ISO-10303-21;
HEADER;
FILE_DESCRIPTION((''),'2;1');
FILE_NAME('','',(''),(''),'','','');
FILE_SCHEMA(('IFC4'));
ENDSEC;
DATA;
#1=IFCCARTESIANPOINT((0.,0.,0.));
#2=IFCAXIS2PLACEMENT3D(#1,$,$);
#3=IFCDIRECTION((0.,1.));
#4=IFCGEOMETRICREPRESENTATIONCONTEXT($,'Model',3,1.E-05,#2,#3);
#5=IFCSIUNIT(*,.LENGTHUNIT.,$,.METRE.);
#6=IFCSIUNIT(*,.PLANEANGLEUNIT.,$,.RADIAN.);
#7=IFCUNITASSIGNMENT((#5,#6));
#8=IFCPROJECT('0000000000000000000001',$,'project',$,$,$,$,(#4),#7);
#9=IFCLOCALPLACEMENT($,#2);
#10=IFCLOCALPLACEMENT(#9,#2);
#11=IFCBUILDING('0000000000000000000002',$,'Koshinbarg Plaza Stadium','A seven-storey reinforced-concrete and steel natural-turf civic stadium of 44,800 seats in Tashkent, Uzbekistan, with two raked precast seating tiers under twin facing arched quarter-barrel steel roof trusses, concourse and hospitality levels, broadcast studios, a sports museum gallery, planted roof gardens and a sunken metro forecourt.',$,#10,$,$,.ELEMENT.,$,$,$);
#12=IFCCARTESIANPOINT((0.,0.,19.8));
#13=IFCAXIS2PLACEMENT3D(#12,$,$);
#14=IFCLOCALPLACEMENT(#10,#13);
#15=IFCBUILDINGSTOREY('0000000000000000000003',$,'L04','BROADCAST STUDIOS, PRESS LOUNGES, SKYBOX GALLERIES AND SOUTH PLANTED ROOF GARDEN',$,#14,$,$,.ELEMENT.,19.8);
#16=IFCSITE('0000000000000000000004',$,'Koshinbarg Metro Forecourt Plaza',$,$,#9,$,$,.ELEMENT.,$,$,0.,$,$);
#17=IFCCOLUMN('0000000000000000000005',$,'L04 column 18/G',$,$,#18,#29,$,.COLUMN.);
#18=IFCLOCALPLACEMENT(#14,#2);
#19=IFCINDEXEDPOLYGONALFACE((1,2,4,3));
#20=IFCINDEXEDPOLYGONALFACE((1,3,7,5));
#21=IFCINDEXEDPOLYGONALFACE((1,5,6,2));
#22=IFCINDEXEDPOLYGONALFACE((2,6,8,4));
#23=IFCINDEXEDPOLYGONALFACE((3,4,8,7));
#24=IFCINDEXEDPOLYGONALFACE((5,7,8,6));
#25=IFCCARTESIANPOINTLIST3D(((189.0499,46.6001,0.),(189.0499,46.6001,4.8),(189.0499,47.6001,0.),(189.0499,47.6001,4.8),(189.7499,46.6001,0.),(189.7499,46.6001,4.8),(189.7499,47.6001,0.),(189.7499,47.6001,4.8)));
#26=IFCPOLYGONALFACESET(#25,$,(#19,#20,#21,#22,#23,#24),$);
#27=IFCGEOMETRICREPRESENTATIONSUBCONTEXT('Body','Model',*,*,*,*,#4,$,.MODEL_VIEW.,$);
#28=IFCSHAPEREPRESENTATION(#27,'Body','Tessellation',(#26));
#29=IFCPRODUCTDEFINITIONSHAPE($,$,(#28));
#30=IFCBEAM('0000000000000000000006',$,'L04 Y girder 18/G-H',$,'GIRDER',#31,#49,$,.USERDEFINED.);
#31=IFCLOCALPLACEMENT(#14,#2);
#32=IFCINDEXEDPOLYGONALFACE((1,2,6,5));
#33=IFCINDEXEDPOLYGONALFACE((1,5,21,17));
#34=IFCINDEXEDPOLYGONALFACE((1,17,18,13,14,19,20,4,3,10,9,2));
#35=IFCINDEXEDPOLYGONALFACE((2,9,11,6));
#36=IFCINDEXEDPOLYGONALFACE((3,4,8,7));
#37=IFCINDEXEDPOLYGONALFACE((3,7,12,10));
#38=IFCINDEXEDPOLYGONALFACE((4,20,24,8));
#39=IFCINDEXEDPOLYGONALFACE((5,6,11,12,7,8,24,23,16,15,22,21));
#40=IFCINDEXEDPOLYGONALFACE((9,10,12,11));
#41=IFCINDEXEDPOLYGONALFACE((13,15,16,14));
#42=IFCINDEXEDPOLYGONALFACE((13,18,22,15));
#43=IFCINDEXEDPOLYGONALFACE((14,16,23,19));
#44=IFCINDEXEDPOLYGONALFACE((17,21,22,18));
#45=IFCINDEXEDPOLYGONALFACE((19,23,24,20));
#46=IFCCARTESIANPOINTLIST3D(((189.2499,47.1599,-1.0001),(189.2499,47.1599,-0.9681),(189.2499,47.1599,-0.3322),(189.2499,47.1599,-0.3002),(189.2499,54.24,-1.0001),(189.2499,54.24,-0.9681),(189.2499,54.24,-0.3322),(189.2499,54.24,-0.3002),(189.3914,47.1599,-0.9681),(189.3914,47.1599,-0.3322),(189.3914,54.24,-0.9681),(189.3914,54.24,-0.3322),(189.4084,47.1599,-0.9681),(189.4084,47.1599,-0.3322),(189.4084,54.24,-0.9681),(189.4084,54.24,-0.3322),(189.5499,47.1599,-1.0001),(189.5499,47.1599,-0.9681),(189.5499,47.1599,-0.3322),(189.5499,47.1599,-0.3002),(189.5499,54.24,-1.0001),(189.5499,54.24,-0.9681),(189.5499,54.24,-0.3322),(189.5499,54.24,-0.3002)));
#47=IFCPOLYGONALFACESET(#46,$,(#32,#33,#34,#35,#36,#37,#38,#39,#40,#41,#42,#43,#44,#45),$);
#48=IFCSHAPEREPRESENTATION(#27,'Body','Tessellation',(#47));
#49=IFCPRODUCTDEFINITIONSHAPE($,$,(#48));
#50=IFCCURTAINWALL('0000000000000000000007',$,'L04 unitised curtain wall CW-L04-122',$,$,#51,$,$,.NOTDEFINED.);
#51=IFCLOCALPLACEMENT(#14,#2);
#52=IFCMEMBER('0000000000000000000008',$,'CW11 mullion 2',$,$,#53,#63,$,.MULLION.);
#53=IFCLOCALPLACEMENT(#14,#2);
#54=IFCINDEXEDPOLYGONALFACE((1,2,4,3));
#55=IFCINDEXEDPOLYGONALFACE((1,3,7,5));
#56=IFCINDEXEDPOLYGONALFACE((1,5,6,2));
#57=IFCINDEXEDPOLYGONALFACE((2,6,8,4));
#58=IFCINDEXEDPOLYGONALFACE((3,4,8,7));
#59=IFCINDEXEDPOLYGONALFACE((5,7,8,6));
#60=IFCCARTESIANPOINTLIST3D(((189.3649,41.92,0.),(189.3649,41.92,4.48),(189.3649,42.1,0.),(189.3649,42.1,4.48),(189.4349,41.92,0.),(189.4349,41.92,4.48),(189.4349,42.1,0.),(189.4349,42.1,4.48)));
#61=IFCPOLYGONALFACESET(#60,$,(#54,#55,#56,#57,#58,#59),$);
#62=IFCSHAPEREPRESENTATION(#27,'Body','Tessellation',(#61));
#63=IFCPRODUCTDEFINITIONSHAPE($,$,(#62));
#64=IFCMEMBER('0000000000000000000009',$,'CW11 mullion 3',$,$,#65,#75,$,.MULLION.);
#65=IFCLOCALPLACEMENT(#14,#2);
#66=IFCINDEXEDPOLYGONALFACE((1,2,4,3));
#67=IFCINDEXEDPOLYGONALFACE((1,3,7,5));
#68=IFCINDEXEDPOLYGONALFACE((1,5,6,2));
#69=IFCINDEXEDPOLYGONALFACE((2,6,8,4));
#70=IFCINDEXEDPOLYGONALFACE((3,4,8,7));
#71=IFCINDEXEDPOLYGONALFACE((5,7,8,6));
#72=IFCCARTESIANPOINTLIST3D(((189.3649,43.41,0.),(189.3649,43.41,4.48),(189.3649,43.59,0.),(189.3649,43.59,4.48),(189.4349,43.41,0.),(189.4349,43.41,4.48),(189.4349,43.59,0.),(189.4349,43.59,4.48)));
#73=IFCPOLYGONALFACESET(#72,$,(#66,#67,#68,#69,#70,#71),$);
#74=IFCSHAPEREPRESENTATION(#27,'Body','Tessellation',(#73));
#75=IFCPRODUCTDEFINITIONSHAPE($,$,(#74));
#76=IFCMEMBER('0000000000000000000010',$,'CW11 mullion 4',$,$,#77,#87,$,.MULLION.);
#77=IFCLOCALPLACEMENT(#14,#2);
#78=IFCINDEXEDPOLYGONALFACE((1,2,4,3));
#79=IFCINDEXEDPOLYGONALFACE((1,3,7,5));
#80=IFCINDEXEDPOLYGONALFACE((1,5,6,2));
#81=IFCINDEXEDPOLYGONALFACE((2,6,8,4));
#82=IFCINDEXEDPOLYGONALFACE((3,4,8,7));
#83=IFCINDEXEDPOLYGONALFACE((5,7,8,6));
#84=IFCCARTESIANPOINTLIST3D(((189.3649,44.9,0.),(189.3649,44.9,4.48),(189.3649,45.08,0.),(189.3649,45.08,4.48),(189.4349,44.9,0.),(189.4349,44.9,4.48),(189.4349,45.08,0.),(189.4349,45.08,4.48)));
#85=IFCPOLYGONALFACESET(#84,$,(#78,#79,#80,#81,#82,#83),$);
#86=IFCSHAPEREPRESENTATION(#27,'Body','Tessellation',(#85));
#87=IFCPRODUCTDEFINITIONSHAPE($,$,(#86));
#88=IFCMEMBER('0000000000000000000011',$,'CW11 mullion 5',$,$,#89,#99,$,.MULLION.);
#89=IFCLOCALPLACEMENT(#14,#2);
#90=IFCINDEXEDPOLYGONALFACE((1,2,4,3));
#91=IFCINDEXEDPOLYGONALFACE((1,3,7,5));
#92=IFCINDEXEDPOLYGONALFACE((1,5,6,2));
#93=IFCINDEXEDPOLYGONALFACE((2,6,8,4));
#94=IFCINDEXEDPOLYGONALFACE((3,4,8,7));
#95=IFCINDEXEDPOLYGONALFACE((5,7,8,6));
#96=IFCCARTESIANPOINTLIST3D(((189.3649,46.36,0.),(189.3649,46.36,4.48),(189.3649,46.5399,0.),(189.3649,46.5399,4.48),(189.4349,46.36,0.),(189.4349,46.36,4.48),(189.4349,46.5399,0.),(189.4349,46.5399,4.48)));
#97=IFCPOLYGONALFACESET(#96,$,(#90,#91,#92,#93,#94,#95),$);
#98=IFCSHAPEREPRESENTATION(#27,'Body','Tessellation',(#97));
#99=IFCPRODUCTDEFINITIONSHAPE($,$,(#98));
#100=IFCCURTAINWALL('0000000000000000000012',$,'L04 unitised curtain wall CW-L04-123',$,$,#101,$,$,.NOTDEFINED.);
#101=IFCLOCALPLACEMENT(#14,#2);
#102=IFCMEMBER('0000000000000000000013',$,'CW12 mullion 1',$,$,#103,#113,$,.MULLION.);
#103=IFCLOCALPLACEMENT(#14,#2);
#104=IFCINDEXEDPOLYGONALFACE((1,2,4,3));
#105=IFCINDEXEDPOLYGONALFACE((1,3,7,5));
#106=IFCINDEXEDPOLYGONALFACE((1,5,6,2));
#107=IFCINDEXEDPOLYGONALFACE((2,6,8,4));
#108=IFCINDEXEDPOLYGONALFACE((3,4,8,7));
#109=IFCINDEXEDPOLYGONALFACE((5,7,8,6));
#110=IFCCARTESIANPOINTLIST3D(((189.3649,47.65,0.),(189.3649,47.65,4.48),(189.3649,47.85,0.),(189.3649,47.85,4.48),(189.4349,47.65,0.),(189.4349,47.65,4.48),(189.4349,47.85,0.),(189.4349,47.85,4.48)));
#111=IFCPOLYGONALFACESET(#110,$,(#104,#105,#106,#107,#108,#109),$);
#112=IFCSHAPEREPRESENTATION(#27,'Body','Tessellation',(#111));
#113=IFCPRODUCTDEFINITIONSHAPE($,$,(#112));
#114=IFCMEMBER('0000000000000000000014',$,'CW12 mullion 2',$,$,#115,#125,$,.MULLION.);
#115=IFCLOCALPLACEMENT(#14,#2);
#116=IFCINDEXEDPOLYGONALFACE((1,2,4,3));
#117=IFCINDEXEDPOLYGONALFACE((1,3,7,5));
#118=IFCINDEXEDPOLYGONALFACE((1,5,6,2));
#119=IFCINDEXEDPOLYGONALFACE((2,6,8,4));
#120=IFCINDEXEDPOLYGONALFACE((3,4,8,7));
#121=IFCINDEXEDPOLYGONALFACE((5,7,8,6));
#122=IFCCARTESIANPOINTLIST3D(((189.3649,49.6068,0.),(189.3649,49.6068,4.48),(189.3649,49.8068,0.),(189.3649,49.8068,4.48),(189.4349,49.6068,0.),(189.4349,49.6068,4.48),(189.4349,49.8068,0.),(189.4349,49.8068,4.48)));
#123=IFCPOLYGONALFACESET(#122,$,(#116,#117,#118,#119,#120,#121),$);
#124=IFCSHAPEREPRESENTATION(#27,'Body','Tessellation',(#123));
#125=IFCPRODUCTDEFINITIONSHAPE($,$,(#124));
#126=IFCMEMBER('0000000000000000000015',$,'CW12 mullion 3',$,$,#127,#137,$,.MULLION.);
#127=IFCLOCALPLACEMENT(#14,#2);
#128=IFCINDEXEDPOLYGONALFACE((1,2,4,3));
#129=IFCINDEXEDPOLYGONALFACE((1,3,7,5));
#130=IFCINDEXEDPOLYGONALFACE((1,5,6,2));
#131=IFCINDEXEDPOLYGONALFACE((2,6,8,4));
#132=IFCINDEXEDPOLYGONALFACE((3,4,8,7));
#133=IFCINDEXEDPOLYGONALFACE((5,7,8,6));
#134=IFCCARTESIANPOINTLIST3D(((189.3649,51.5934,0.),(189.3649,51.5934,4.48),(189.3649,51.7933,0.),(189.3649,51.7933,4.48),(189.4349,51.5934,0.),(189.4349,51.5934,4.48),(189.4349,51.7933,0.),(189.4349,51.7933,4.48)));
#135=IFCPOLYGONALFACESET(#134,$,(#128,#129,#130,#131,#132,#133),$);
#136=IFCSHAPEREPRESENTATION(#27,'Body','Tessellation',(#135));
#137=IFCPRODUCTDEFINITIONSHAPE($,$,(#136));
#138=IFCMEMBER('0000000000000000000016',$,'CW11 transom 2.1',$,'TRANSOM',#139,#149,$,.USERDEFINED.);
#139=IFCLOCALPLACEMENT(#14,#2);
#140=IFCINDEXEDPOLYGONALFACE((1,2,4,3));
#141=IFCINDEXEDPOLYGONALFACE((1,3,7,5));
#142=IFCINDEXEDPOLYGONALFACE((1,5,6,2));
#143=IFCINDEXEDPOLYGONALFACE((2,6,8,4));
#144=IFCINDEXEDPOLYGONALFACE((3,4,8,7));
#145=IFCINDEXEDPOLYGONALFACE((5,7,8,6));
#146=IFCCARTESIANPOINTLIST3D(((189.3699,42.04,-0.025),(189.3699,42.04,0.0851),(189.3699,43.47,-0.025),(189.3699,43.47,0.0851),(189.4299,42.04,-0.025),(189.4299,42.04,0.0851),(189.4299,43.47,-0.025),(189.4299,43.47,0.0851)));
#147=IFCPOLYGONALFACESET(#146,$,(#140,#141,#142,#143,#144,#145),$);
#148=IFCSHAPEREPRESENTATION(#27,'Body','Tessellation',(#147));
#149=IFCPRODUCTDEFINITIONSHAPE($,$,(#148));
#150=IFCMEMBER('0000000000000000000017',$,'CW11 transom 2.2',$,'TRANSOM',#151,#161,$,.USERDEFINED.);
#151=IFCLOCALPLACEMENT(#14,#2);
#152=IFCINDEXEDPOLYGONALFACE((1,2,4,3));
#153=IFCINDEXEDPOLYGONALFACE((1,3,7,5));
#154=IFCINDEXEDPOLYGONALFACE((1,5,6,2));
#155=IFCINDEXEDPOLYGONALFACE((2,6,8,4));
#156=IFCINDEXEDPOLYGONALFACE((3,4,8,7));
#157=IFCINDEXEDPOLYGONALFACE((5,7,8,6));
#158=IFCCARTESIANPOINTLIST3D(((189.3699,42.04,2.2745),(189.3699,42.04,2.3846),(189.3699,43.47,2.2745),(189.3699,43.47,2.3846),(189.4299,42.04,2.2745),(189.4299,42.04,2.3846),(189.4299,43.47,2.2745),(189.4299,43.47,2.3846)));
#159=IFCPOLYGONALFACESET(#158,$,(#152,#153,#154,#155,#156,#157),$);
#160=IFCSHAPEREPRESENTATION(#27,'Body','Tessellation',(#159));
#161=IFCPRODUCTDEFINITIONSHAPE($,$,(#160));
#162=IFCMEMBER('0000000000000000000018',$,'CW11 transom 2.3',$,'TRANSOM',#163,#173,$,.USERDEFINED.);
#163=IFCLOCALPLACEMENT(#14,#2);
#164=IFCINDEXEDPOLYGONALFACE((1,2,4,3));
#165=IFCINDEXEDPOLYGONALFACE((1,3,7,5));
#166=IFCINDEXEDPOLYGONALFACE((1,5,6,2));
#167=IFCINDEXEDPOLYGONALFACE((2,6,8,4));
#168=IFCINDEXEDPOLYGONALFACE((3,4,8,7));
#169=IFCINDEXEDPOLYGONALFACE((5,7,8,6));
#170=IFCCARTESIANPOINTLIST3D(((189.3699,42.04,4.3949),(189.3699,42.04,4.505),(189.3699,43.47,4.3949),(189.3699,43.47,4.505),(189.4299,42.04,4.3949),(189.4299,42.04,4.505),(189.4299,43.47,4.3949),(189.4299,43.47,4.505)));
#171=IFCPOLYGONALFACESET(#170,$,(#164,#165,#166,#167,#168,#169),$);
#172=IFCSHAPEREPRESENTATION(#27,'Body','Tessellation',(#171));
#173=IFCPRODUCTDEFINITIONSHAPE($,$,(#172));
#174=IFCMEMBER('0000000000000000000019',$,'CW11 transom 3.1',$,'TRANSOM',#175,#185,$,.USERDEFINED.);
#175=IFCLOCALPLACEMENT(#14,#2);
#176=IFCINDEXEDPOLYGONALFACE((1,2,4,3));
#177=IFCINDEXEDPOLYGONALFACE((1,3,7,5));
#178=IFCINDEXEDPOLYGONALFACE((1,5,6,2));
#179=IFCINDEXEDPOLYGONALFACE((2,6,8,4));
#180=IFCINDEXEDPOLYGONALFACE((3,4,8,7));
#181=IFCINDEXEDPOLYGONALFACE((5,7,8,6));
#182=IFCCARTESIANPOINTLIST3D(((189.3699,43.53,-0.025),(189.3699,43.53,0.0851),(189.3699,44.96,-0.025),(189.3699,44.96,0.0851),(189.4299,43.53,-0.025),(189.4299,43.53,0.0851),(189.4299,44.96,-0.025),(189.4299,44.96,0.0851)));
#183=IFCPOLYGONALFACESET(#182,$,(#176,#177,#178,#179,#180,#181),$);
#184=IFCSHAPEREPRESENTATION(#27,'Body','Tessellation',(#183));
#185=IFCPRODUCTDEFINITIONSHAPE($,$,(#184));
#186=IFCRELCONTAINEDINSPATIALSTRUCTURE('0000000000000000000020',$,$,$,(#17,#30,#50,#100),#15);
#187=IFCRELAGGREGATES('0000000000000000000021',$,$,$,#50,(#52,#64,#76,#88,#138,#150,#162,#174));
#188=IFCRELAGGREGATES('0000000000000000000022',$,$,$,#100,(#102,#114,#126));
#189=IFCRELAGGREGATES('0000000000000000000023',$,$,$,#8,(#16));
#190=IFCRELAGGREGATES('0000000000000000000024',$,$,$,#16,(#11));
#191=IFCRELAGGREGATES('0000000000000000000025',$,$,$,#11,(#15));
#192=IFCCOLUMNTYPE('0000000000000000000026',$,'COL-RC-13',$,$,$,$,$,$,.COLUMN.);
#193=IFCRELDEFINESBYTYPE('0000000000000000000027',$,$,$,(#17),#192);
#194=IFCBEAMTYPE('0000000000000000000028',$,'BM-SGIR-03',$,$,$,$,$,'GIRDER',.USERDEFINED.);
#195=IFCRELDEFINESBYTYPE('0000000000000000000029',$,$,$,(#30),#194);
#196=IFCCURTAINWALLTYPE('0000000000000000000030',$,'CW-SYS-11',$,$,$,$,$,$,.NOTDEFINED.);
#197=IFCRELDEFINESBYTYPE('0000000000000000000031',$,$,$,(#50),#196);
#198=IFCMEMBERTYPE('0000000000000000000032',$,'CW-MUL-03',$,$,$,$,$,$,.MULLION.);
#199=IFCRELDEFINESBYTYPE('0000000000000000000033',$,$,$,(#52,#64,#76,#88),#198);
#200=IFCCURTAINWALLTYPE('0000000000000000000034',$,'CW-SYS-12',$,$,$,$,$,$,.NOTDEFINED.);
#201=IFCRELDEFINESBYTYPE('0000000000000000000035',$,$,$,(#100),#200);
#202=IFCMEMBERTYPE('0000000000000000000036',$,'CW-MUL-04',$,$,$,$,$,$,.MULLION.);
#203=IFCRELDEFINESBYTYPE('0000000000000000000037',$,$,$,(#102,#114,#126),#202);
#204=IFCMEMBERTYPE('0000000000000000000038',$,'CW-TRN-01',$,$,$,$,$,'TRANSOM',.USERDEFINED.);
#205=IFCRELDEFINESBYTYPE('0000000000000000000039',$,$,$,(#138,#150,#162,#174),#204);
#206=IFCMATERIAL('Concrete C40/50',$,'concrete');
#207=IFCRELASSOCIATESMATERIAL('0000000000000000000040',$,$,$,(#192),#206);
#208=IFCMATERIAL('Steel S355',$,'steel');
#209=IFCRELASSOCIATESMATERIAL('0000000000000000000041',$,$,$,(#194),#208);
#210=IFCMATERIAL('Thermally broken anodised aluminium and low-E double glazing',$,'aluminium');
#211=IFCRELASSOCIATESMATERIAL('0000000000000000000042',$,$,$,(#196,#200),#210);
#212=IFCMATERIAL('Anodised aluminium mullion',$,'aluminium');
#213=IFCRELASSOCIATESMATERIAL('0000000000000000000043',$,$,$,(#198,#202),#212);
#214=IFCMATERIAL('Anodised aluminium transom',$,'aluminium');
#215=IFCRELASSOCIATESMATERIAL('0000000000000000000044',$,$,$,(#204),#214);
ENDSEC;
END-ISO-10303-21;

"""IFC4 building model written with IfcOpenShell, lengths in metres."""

from ifc_helpers import new_model, si_unit, direction, frame, origin, origin_2d, place, context, subcontext, project, spatial, rectangle, i_section, extrude, material, material_profile, profile_set, type_object, element, aggregate, save


model = new_model("IFC4")

# Units and contexts
model_context = context("Model", 3, precision=1e-05, world=origin(), true_north=direction((0.0, 1.0)))
body_context = subcontext(model_context, "Body", "Model", "MODEL_VIEW")
ifc_project = project(units=[si_unit("LENGTHUNIT", "METRE"), si_unit("PLANEANGLEUNIT", "RADIAN")], contexts=[model_context])

# Site, building, storey
site_placement = place(None, origin())
site = spatial("IfcSite", under=ifc_project, at=site_placement, Name="Koshinbarg Metro Forecourt Plaza", CompositionType="ELEMENT", RefElevation=0.0)
building_placement = place(site_placement, origin())
building = spatial("IfcBuilding", under=site, at=building_placement, Name="Koshinbarg Plaza Stadium", Description="A seven-storey reinforced-concrete and steel natural-turf civic stadium of 44,800 seats in Tashkent, Uzbekistan, with two raked precast seating tiers under twin facing arched quarter-barrel steel roof trusses, concourse and hospitality levels, broadcast studios, a sports museum gallery, planted roof gardens and a sunken metro forecourt.", CompositionType="ELEMENT")
storey_placement = place(building_placement, frame((0.0, 0.0, 19.8)))
storey = spatial("IfcBuildingStorey", under=building, at=storey_placement, Name="L04", Description="BROADCAST STUDIOS, PRESS LOUNGES, SKYBOX GALLERIES AND SOUTH PLANTED ROOF GARDEN", CompositionType="ELEMENT", Elevation=19.8)

# Column
ifc_material_1 = material(Name="Concrete C40/50", Category="concrete")
ifc_material_profile_1 = material_profile(ifc_material_1, rectangle(XDim=0.7, YDim=1.0, at=origin_2d()), Name="RC 700x1000")
ifc_profile_set_1 = profile_set([ifc_material_profile_1], Name="Concrete C40/50")
column_type = type_object("IfcColumnType", Name="COL-RC-13", PredefinedType="COLUMN", material=ifc_profile_set_1)
column_placement = place(storey_placement, frame((189.3999, 47.1001, 0.0), z_axis=(0.0, 0.0, 1.0), x_axis=(1.0, 0.0, 0.0)))
element("IfcColumn", 1, at=column_placement, inside=storey, type_object=column_type, Name="L04 column 18/G", PredefinedType="COLUMN", context=body_context, shape_type="SweptSolid", body=[
    extrude(rectangle(XDim=0.7, YDim=1.0, at=origin_2d()), origin(), (0.0, 0.0, 1.0), 4.8),
])

# Beam
ifc_material_2 = material(Name="Steel S355", Category="steel")
ifc_material_profile_2 = material_profile(ifc_material_2, i_section(OverallWidth=0.3, OverallDepth=0.7, WebThickness=0.0171, FlangeThickness=0.032, at=origin_2d()), Name="HEB 700")
ifc_profile_set_2 = profile_set([ifc_material_profile_2], Name="Steel S355")
beam_type = type_object("IfcBeamType", Name="BM-SGIR-03", ElementType="GIRDER", PredefinedType="USERDEFINED", material=ifc_profile_set_2)
beam_placement = place(storey_placement, frame((189.3999, 47.1599, -0.6501), z_axis=(0.0, 1.0, 0.0), x_axis=(-1.0, 0.0, 0.0)))
element("IfcBeam", 2, at=beam_placement, inside=storey, type_object=beam_type, Name="L04 Y girder 18/G-H", ObjectType="GIRDER", PredefinedType="USERDEFINED", context=body_context, shape_type="SweptSolid", body=[
    extrude(i_section(OverallWidth=0.3, OverallDepth=0.7, WebThickness=0.0171, FlangeThickness=0.032, at=origin_2d()), origin(), (0.0, 0.0, 1.0), 7.0801),
])

# Curtain walls, members
ifc_material_3 = material(Name="Thermally broken anodised aluminium and low-E double glazing", Category="aluminium")
curtain_wall_type_1 = type_object("IfcCurtainWallType", Name="CW-SYS-11", PredefinedType="NOTDEFINED", material=ifc_material_3)
curtain_wall_1_placement = place(storey_placement, origin())
curtain_wall_1 = element("IfcCurtainWall", 3, at=curtain_wall_1_placement, inside=storey, type_object=curtain_wall_type_1, Name="L04 unitised curtain wall CW-L04-122", PredefinedType="NOTDEFINED")
ifc_material_4 = material(Name="Anodised aluminium mullion", Category="aluminium")
ifc_material_profile_3 = material_profile(ifc_material_4, rectangle(XDim=0.0701, YDim=0.1799, at=origin_2d()), Name="ALU 70x180")
ifc_profile_set_3 = profile_set([ifc_material_profile_3], Name="Anodised aluminium mullion")
member_type_1 = type_object("IfcMemberType", Name="CW-MUL-03", PredefinedType="MULLION", material=ifc_profile_set_3)
member_1_placement = place(storey_placement, frame((189.3999, 42.01, 0.0), z_axis=(0.0, 0.0, 1.0), x_axis=(-1.0, 0.0, 0.0)))
member_1 = element("IfcMember", 4, at=member_1_placement, type_object=member_type_1, Name="CW11 mullion 2", PredefinedType="MULLION", context=body_context, shape_type="SweptSolid", body=[
    extrude(rectangle(XDim=0.0701, YDim=0.1799, at=origin_2d()), origin(), (0.0, 0.0, 1.0), 4.48),
])
member_2_placement = place(storey_placement, frame((189.3999, 43.5, 0.0), z_axis=(0.0, 0.0, 1.0), x_axis=(-1.0, 0.0, 0.0)))
member_2 = element("IfcMember", 5, at=member_2_placement, type_object=member_type_1, Name="CW11 mullion 3", PredefinedType="MULLION", context=body_context, shape_type="SweptSolid", body=[
    extrude(rectangle(XDim=0.0701, YDim=0.1799, at=origin_2d()), origin(), (0.0, 0.0, 1.0), 4.48),
])
member_3_placement = place(storey_placement, frame((189.3999, 44.99, 0.0), z_axis=(0.0, 0.0, 1.0), x_axis=(-1.0, 0.0, 0.0)))
member_3 = element("IfcMember", 6, at=member_3_placement, type_object=member_type_1, Name="CW11 mullion 4", PredefinedType="MULLION", context=body_context, shape_type="SweptSolid", body=[
    extrude(rectangle(XDim=0.0701, YDim=0.1799, at=origin_2d()), origin(), (0.0, 0.0, 1.0), 4.48),
])
member_4_placement = place(storey_placement, frame((189.3999, 46.45, 0.0), z_axis=(0.0, 0.0, 1.0), x_axis=(-1.0, 0.0, 0.0)))
member_4 = element("IfcMember", 7, at=member_4_placement, type_object=member_type_1, Name="CW11 mullion 5", PredefinedType="MULLION", context=body_context, shape_type="SweptSolid", body=[
    extrude(rectangle(XDim=0.0701, YDim=0.1799, at=origin_2d()), origin(), (0.0, 0.0, 1.0), 4.48),
])
curtain_wall_type_2 = type_object("IfcCurtainWallType", Name="CW-SYS-12", PredefinedType="NOTDEFINED", material=ifc_material_3)
curtain_wall_2_placement = place(storey_placement, origin())
curtain_wall_2 = element("IfcCurtainWall", 8, at=curtain_wall_2_placement, inside=storey, type_object=curtain_wall_type_2, Name="L04 unitised curtain wall CW-L04-123", PredefinedType="NOTDEFINED")
ifc_material_profile_4 = material_profile(ifc_material_4, rectangle(XDim=0.0701, YDim=0.2, at=origin_2d()), Name="ALU 70x200")
ifc_profile_set_4 = profile_set([ifc_material_profile_4], Name="Anodised aluminium mullion")
member_type_2 = type_object("IfcMemberType", Name="CW-MUL-04", PredefinedType="MULLION", material=ifc_profile_set_4)
member_5_placement = place(storey_placement, frame((189.3999, 47.75, 0.0), z_axis=(0.0, 0.0, 1.0), x_axis=(-1.0, 0.0, 0.0)))
member_5 = element("IfcMember", 9, at=member_5_placement, type_object=member_type_2, Name="CW12 mullion 1", PredefinedType="MULLION", context=body_context, shape_type="SweptSolid", body=[
    extrude(rectangle(XDim=0.0701, YDim=0.2, at=origin_2d()), origin(), (0.0, 0.0, 1.0), 4.48),
])
member_6_placement = place(storey_placement, frame((189.3999, 49.7068, 0.0), z_axis=(0.0, 0.0, 1.0), x_axis=(-1.0, 0.0, 0.0)))
member_6 = element("IfcMember", 10, at=member_6_placement, type_object=member_type_2, Name="CW12 mullion 2", PredefinedType="MULLION", context=body_context, shape_type="SweptSolid", body=[
    extrude(rectangle(XDim=0.0701, YDim=0.2, at=origin_2d()), origin(), (0.0, 0.0, 1.0), 4.48),
])
member_7_placement = place(storey_placement, frame((189.3999, 51.6934, 0.0), z_axis=(0.0, 0.0, 1.0), x_axis=(-1.0, 0.0, 0.0)))
member_7 = element("IfcMember", 11, at=member_7_placement, type_object=member_type_2, Name="CW12 mullion 3", PredefinedType="MULLION", context=body_context, shape_type="SweptSolid", body=[
    extrude(rectangle(XDim=0.0701, YDim=0.2, at=origin_2d()), origin(), (0.0, 0.0, 1.0), 4.48),
])

# Members
ifc_material_5 = material(Name="Anodised aluminium transom", Category="aluminium")
ifc_material_profile_5 = material_profile(ifc_material_5, rectangle(XDim=0.0601, YDim=0.1101, at=origin_2d()), Name="ALU 60x110")
ifc_profile_set_5 = profile_set([ifc_material_profile_5], Name="Anodised aluminium transom")
member_type_3 = type_object("IfcMemberType", Name="CW-TRN-01", ElementType="TRANSOM", PredefinedType="USERDEFINED", material=ifc_profile_set_5)
member_8_placement = place(storey_placement, frame((189.3999, 42.04, 0.03), z_axis=(0.0, 1.0, 0.0), x_axis=(-1.0, 0.0, 0.0)))
member_8 = element("IfcMember", 12, at=member_8_placement, type_object=member_type_3, Name="CW11 transom 2.1", ObjectType="TRANSOM", PredefinedType="USERDEFINED", context=body_context, shape_type="SweptSolid", body=[
    extrude(rectangle(XDim=0.0601, YDim=0.1101, at=origin_2d()), origin(), (0.0, 0.0, 1.0), 1.4299),
])
member_9_placement = place(storey_placement, frame((189.3999, 42.04, 2.3296), z_axis=(0.0, 1.0, 0.0), x_axis=(-1.0, 0.0, 0.0)))
member_9 = element("IfcMember", 13, at=member_9_placement, type_object=member_type_3, Name="CW11 transom 2.2", ObjectType="TRANSOM", PredefinedType="USERDEFINED", context=body_context, shape_type="SweptSolid", body=[
    extrude(rectangle(XDim=0.0601, YDim=0.1101, at=origin_2d()), origin(), (0.0, 0.0, 1.0), 1.4299),
])
member_10_placement = place(storey_placement, frame((189.3999, 42.04, 4.45), z_axis=(0.0, 1.0, 0.0), x_axis=(-1.0, 0.0, 0.0)))
member_10 = element("IfcMember", 14, at=member_10_placement, type_object=member_type_3, Name="CW11 transom 2.3", ObjectType="TRANSOM", PredefinedType="USERDEFINED", context=body_context, shape_type="SweptSolid", body=[
    extrude(rectangle(XDim=0.0601, YDim=0.1101, at=origin_2d()), origin(), (0.0, 0.0, 1.0), 1.4299),
])
member_11_placement = place(storey_placement, frame((189.3999, 43.53, 0.03), z_axis=(0.0, 1.0, 0.0), x_axis=(-1.0, 0.0, 0.0)))
member_11 = element("IfcMember", 15, at=member_11_placement, type_object=member_type_3, Name="CW11 transom 3.1", ObjectType="TRANSOM", PredefinedType="USERDEFINED", context=body_context, shape_type="SweptSolid", body=[
    extrude(rectangle(XDim=0.0601, YDim=0.1101, at=origin_2d()), origin(), (0.0, 0.0, 1.0), 1.4299),
])

aggregate(curtain_wall_1, [member_1, member_2, member_3, member_4, member_8, member_9, member_10, member_11])
aggregate(curtain_wall_2, [member_5, member_6, member_7])

save(model, "model.ifc")
